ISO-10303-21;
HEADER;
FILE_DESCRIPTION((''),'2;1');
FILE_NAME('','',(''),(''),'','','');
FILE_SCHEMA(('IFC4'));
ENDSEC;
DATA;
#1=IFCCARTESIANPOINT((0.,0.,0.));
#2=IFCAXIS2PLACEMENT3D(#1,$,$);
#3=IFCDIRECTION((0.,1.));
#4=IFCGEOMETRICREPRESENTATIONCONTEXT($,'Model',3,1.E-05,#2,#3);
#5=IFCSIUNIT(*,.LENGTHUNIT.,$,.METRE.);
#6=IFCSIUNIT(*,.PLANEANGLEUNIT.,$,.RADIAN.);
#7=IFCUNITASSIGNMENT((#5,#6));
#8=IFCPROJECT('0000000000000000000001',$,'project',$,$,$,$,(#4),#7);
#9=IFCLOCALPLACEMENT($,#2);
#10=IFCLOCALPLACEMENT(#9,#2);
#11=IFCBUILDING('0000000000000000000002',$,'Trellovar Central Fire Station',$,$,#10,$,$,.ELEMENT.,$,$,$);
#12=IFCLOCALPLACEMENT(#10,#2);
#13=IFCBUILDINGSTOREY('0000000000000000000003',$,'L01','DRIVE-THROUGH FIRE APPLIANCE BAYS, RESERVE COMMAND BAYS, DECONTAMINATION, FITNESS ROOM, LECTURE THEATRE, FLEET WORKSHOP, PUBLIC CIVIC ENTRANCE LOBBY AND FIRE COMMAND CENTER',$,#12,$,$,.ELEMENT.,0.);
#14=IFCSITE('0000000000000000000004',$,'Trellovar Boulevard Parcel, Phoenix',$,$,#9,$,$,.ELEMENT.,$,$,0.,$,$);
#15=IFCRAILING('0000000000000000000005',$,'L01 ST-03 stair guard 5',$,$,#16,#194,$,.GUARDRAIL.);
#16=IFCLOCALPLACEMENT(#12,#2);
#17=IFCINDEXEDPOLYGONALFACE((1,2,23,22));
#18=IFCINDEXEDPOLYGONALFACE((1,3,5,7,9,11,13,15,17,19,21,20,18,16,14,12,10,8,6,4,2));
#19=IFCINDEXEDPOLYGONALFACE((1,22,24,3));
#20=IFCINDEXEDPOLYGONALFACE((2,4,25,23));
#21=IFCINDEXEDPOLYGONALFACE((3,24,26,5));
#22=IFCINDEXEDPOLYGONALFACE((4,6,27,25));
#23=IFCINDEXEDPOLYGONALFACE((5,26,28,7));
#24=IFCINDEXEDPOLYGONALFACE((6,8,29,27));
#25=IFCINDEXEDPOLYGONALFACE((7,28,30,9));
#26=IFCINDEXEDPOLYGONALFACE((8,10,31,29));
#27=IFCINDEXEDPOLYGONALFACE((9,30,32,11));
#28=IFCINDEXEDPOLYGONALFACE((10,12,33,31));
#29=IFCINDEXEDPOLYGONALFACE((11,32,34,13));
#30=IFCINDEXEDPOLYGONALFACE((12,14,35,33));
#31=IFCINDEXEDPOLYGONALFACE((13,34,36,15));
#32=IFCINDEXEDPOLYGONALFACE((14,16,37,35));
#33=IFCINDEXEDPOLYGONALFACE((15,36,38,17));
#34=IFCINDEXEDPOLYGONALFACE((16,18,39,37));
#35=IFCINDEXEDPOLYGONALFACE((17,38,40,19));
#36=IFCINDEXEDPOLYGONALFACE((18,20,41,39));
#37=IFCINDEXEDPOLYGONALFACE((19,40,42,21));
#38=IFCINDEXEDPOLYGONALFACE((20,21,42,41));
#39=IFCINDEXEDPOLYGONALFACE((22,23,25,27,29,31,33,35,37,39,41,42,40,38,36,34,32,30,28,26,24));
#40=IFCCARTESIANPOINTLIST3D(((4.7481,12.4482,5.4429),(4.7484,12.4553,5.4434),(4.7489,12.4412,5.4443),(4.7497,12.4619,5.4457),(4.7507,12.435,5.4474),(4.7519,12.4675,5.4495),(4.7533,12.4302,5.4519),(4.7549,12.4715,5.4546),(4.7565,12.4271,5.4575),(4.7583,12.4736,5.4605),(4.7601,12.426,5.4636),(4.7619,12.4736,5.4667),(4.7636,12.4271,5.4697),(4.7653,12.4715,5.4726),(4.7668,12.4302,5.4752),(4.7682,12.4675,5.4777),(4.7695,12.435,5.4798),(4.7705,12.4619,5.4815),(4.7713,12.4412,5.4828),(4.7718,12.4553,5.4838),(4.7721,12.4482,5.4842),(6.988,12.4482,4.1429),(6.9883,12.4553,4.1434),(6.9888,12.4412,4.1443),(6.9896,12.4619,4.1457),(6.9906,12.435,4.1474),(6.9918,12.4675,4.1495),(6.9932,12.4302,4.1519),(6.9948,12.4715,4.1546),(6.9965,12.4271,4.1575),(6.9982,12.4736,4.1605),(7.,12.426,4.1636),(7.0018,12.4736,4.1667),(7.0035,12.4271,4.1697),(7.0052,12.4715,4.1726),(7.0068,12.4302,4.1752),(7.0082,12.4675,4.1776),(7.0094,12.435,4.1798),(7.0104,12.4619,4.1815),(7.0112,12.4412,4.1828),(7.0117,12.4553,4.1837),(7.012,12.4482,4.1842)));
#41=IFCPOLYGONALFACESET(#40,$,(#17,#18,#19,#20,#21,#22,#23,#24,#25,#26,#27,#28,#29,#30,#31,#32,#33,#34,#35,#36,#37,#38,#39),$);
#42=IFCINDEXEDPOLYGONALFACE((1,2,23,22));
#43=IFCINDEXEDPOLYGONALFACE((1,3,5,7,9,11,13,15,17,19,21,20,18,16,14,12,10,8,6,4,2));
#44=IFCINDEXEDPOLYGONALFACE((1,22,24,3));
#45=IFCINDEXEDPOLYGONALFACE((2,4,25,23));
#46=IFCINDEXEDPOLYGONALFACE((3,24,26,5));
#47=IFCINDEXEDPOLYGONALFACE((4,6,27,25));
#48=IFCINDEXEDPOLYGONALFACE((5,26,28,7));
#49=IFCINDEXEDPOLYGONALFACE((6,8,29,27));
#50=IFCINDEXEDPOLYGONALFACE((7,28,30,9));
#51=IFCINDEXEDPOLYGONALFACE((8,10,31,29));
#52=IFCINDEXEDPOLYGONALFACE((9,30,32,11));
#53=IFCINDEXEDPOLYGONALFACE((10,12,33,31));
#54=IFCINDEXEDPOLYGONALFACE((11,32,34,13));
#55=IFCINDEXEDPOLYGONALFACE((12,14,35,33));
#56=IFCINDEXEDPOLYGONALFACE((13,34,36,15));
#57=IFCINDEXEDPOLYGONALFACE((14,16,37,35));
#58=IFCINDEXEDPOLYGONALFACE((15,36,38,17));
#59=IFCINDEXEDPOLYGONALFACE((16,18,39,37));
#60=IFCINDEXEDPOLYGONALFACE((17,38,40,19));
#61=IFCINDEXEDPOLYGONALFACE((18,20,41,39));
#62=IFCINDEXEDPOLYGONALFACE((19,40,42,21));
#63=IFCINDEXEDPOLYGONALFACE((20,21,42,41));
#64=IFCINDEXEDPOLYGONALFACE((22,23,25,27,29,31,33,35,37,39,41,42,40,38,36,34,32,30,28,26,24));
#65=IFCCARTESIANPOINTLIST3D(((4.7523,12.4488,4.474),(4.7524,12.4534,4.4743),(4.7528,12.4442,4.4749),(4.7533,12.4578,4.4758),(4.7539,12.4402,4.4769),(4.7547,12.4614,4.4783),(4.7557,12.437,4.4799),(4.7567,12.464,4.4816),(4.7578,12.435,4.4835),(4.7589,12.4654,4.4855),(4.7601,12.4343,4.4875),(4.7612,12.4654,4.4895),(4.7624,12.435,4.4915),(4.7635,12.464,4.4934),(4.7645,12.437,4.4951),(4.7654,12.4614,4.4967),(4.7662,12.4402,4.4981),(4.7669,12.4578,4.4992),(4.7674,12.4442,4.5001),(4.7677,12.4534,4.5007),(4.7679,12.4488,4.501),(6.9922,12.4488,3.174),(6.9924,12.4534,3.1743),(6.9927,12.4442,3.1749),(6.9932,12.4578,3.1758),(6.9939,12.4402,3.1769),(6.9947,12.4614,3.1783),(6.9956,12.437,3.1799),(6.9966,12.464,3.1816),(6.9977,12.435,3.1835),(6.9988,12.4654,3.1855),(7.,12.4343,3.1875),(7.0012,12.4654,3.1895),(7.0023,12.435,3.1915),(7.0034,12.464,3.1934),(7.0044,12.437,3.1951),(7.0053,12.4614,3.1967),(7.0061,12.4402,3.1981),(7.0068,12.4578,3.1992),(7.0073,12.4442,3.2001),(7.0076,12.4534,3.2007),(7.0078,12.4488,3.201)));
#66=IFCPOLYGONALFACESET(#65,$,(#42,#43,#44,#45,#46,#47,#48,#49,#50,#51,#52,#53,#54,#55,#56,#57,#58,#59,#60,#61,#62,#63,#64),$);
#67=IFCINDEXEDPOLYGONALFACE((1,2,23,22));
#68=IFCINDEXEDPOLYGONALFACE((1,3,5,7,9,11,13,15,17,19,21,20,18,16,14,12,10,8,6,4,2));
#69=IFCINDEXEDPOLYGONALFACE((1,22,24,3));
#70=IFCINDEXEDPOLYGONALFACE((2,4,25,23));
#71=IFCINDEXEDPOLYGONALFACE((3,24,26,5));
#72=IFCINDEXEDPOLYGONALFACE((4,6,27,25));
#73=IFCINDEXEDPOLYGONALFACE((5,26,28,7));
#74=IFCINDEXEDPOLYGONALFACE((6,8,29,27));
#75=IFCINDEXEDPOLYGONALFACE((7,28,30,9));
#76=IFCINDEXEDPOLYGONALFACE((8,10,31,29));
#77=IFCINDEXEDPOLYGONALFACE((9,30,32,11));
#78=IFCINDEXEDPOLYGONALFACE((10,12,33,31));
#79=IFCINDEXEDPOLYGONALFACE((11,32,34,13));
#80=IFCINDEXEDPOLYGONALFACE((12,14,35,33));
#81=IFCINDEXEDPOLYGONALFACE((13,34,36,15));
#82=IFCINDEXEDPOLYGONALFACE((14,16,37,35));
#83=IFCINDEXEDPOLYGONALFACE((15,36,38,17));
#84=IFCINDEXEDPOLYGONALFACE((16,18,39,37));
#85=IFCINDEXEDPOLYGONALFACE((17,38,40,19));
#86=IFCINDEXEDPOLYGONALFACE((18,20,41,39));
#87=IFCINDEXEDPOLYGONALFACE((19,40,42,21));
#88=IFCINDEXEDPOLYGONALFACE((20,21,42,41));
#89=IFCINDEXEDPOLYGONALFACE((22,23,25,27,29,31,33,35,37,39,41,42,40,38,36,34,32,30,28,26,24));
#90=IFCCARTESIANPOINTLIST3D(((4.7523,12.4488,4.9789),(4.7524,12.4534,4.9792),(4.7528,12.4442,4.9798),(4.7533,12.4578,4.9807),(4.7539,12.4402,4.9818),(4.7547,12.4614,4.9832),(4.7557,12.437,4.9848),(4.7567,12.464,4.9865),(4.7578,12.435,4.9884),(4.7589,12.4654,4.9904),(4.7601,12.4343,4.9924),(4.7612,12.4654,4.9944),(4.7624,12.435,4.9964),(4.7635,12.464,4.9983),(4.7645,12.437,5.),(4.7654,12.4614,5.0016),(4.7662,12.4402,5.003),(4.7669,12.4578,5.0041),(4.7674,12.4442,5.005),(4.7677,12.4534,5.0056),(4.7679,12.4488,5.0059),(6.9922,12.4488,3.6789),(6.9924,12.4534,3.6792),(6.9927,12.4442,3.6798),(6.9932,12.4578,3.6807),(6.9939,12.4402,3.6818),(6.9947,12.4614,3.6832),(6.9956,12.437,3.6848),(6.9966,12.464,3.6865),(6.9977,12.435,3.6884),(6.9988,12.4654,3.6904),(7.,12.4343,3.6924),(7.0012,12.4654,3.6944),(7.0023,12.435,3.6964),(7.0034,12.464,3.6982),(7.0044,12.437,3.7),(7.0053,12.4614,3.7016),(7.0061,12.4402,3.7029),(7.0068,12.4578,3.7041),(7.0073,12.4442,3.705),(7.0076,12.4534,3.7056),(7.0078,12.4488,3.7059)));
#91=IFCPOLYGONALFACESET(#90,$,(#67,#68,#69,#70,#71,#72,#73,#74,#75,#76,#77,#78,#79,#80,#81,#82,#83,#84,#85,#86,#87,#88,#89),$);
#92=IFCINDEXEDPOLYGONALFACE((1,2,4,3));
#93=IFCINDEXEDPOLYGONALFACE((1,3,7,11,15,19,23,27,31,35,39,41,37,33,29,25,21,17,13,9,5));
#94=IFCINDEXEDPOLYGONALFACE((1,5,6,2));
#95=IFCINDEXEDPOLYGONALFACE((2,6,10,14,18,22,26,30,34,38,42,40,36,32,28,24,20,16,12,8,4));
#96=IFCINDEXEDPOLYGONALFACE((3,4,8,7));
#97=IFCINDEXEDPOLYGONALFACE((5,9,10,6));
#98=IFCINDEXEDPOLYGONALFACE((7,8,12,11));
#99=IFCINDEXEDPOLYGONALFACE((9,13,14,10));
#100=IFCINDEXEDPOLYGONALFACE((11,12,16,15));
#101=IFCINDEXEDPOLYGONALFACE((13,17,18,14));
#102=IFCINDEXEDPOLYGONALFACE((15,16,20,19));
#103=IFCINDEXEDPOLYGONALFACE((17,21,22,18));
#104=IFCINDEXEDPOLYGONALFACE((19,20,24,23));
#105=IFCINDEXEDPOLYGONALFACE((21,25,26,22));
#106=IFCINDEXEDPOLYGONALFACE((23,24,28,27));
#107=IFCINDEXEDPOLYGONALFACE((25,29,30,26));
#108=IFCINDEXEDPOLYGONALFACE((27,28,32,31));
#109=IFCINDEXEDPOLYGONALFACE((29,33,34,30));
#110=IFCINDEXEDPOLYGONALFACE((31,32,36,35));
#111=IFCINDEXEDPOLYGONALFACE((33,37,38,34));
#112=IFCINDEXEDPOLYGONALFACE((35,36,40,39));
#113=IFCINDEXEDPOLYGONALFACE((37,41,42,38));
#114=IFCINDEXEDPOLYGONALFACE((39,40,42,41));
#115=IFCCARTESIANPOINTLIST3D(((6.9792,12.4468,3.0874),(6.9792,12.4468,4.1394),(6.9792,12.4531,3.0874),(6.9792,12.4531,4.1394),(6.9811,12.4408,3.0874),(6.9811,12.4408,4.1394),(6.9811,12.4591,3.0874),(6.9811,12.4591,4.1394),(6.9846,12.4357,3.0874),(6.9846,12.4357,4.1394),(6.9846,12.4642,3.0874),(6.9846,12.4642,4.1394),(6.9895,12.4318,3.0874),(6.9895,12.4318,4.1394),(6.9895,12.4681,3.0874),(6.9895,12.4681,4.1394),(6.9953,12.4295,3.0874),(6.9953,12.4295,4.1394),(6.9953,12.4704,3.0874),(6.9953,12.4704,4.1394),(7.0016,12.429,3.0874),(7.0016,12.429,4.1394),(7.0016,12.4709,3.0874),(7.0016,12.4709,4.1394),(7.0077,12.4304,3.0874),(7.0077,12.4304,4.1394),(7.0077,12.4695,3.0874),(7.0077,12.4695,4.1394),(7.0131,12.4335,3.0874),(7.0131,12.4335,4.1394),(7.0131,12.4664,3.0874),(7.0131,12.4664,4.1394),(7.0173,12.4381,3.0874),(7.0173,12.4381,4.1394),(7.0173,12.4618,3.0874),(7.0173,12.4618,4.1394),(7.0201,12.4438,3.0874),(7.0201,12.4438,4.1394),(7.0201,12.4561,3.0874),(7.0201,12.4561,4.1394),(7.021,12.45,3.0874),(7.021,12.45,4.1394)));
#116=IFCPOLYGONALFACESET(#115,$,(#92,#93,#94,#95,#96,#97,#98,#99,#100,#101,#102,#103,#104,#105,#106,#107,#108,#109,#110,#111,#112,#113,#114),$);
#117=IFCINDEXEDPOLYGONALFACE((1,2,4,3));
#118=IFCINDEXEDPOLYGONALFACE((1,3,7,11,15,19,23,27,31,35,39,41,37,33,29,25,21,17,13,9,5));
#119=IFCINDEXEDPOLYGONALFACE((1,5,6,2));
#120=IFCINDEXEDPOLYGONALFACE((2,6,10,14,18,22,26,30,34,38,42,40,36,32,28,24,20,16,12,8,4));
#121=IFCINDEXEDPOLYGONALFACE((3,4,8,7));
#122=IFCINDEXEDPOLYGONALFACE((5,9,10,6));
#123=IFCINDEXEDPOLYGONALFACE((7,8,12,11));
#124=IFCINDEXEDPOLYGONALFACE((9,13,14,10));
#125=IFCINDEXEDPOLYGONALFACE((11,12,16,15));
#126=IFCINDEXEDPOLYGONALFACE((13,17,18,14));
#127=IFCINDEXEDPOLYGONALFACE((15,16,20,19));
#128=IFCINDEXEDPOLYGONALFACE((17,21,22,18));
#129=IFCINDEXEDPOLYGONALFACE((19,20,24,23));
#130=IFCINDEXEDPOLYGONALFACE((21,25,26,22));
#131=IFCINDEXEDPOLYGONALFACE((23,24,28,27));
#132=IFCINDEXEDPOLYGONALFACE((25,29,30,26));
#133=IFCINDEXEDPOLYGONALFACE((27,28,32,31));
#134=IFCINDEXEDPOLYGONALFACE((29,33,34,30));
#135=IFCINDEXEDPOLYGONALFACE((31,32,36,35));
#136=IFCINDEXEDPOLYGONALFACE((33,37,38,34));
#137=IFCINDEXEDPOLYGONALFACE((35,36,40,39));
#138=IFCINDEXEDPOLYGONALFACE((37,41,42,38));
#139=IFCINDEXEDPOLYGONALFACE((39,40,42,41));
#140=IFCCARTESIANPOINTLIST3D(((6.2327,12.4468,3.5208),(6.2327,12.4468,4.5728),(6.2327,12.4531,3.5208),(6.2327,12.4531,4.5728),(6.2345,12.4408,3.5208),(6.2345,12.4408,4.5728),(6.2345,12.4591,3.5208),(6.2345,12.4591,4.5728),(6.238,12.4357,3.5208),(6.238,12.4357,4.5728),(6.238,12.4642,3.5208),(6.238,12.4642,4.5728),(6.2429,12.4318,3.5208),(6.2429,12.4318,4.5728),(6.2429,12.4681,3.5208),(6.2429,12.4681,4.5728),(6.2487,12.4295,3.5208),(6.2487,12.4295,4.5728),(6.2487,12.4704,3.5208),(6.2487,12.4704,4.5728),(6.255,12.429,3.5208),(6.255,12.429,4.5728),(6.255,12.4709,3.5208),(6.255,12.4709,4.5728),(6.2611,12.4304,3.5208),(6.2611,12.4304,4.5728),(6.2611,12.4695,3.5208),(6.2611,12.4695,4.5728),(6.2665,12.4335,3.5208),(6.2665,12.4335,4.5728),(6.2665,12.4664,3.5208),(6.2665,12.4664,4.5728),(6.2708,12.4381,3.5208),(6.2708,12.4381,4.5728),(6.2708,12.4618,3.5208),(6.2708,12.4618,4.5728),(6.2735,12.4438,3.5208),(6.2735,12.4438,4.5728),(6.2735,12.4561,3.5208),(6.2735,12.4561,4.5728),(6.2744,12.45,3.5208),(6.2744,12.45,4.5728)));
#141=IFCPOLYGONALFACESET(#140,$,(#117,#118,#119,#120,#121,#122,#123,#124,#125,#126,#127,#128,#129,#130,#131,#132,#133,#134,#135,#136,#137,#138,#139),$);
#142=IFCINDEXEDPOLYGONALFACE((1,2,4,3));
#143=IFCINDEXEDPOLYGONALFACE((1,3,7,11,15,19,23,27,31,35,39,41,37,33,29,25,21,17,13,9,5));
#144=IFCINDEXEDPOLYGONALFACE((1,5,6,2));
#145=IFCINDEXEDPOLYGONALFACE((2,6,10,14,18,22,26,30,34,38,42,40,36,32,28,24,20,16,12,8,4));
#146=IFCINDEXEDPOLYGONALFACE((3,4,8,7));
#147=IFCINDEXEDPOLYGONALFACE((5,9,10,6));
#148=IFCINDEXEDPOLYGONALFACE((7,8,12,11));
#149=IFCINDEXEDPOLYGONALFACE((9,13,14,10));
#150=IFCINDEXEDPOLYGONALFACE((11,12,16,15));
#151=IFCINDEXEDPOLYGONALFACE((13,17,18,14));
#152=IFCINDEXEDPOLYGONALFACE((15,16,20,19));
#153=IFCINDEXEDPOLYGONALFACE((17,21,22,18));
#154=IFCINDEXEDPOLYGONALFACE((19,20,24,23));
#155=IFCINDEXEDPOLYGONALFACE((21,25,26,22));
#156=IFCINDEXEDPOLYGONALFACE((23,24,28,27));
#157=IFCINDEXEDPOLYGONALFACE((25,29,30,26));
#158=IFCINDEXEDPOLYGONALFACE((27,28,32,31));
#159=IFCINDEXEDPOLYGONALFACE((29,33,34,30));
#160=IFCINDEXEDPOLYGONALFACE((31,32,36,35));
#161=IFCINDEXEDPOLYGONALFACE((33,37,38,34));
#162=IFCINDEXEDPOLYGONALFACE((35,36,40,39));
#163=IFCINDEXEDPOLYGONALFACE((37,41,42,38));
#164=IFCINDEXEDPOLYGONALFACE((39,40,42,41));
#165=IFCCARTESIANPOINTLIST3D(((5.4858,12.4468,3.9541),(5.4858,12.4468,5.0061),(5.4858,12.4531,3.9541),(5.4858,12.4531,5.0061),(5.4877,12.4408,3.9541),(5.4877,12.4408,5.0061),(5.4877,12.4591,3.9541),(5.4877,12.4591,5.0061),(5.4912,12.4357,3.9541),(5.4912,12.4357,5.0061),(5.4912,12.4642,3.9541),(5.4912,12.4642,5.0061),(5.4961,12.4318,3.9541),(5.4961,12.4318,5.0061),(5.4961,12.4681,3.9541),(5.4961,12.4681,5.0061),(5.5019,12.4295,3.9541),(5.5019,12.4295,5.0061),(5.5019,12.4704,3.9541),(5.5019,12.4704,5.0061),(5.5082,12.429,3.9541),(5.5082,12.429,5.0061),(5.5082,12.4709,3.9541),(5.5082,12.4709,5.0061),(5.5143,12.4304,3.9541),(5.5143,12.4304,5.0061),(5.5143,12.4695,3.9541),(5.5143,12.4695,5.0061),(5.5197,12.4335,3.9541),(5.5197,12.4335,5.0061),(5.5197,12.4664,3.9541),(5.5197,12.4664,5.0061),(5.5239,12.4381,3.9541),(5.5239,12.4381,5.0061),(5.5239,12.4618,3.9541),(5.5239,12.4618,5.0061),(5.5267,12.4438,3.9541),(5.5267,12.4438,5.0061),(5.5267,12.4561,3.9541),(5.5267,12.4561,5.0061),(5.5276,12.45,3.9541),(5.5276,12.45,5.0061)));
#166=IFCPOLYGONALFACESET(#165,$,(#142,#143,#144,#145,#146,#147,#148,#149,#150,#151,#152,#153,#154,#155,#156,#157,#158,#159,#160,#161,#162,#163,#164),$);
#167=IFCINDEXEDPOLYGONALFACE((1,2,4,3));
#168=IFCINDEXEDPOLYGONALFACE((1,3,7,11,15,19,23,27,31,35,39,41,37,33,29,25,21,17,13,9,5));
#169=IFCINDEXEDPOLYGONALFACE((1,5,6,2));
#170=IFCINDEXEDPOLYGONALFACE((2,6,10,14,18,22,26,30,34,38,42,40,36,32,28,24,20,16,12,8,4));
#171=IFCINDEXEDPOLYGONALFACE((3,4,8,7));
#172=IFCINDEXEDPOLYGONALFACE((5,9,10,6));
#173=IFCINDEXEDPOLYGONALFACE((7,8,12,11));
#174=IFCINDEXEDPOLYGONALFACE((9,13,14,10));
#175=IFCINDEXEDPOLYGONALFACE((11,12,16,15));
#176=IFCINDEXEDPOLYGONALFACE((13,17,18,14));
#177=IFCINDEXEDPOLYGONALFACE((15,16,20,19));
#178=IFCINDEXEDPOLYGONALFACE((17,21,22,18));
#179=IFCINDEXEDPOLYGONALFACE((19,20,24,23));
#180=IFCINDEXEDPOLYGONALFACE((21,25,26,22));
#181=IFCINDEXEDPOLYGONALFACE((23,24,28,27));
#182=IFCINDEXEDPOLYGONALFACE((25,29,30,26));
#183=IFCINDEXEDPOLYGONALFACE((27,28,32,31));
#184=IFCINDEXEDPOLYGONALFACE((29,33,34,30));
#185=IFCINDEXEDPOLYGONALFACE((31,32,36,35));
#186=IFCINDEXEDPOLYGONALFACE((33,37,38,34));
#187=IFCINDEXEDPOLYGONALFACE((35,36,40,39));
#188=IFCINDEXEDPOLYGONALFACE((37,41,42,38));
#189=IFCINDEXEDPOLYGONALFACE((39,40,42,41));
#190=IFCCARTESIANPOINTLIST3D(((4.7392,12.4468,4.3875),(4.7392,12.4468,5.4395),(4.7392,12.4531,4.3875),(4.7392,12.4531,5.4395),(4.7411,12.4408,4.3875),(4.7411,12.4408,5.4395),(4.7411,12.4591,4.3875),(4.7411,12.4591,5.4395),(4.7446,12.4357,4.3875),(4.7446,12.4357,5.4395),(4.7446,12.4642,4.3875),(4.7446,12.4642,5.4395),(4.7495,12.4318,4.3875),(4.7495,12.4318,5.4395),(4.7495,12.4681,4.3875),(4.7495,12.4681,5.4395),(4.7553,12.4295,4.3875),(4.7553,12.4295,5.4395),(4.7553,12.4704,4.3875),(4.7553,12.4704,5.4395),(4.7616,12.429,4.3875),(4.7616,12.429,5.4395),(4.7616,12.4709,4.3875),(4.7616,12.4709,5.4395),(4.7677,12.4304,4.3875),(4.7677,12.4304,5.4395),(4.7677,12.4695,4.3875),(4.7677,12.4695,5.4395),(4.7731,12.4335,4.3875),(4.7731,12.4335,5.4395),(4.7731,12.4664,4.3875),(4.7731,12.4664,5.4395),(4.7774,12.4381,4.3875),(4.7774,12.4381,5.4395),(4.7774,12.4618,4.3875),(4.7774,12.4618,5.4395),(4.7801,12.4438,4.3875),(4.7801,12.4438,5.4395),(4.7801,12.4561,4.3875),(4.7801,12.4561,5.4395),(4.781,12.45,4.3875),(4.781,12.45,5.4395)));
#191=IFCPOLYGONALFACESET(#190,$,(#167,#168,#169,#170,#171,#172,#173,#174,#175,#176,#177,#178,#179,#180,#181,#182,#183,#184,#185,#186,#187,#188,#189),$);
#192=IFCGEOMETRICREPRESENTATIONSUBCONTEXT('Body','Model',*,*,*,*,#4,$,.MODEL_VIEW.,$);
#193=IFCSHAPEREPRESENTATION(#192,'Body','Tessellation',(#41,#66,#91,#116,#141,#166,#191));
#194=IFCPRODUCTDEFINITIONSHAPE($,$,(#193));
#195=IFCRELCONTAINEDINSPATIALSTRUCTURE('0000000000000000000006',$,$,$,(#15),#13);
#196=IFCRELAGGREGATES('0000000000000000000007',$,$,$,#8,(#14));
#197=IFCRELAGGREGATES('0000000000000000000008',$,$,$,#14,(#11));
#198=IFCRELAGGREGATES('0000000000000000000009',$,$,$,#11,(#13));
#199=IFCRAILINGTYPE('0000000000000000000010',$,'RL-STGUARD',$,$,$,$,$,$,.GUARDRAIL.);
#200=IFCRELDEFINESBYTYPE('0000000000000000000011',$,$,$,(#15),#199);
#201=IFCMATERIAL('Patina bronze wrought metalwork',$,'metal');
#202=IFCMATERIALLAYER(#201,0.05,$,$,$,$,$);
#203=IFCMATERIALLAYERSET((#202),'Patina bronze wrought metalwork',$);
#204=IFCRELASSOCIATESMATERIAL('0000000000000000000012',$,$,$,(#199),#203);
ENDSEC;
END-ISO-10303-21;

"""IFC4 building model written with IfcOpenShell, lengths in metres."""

from ifc_helpers import new_model, si_unit, direction, frame, origin, origin_2d, place, context, subcontext, project, spatial, circle, extrude, material, layer, layer_set, type_object, element, save


model = new_model("IFC4")

# Units and contexts
model_context = context("Model", 3, precision=1e-05, world=origin(), true_north=direction((0.0, 1.0)))
body_context = subcontext(model_context, "Body", "Model", "MODEL_VIEW")
ifc_project = project(units=[si_unit("LENGTHUNIT", "METRE"), si_unit("PLANEANGLEUNIT", "RADIAN")], contexts=[model_context])

# Site, building, storey
site_placement = place(None, origin())
site = spatial("IfcSite", under=ifc_project, at=site_placement, Name="Trellovar Boulevard Parcel, Phoenix", CompositionType="ELEMENT", RefElevation=0.0)
building_placement = place(site_placement, origin())
building = spatial("IfcBuilding", under=site, at=building_placement, Name="Trellovar Central Fire Station", CompositionType="ELEMENT")
storey_placement = place(building_placement, origin())
storey = spatial("IfcBuildingStorey", under=building, at=storey_placement, Name="L01", Description="DRIVE-THROUGH FIRE APPLIANCE BAYS, RESERVE COMMAND BAYS, DECONTAMINATION, FITNESS ROOM, LECTURE THEATRE, FLEET WORKSHOP, PUBLIC CIVIC ENTRANCE LOBBY AND FIRE COMMAND CENTER", CompositionType="ELEMENT", Elevation=0.0)

# Railing
ifc_material_1 = material(Name="Patina bronze wrought metalwork", Category="metal")
ifc_layer_1 = layer(ifc_material_1, 0.05)
ifc_layer_set_1 = layer_set([ifc_layer_1], Name="Patina bronze wrought metalwork")
railing_type_1 = type_object("IfcRailingType", Name="RL-STGUARD", PredefinedType="GUARDRAIL", material=ifc_layer_set_1)
railing_1_placement = place(storey_placement, frame((7.0, 12.45, 3.0874)))
element("IfcRailing", 1, at=railing_1_placement, inside=storey, type_object=railing_type_1, Name="L01 ST-03 stair guard 5", PredefinedType="GUARDRAIL", context=body_context, shape_type="SweptSolid", body=[
    extrude(circle(Radius=0.0239, at=origin_2d()), frame((0.0, 0.0, 1.0762), z_axis=(-0.864888, 0.0, 0.501965), x_axis=(0.0, -1.0, 0.0)), (0.0, 0.0, 1.0), 2.5898),
    extrude(circle(Radius=0.0156, at=origin_2d()), frame((0.0, 0.0, 0.1001), z_axis=(-0.864888, 0.0, 0.501965), x_axis=(0.0, -1.0, 0.0)), (0.0, 0.0, 1.0), 2.5898),
    extrude(circle(Radius=0.0156, at=origin_2d()), frame((0.0, 0.0, 0.605), z_axis=(-0.864888, 0.0, 0.501965), x_axis=(0.0, -1.0, 0.0)), (0.0, 0.0, 1.0), 2.5898),
    extrude(circle(Radius=0.021, at=origin_2d()), origin(), (0.0, 0.0, 1.0), 1.052),
    extrude(circle(Radius=0.021, at=origin_2d()), frame((-0.7466, 0.0, 0.4333)), (0.0, 0.0, 1.0), 1.052),
    extrude(circle(Radius=0.021, at=origin_2d()), frame((-1.4934, 0.0, 0.8667)), (0.0, 0.0, 1.0), 1.052),
    extrude(circle(Radius=0.021, at=origin_2d()), frame((-2.24, 0.0, 1.3)), (0.0, 0.0, 1.0), 1.052),
])

save(model, "model.ifc")
